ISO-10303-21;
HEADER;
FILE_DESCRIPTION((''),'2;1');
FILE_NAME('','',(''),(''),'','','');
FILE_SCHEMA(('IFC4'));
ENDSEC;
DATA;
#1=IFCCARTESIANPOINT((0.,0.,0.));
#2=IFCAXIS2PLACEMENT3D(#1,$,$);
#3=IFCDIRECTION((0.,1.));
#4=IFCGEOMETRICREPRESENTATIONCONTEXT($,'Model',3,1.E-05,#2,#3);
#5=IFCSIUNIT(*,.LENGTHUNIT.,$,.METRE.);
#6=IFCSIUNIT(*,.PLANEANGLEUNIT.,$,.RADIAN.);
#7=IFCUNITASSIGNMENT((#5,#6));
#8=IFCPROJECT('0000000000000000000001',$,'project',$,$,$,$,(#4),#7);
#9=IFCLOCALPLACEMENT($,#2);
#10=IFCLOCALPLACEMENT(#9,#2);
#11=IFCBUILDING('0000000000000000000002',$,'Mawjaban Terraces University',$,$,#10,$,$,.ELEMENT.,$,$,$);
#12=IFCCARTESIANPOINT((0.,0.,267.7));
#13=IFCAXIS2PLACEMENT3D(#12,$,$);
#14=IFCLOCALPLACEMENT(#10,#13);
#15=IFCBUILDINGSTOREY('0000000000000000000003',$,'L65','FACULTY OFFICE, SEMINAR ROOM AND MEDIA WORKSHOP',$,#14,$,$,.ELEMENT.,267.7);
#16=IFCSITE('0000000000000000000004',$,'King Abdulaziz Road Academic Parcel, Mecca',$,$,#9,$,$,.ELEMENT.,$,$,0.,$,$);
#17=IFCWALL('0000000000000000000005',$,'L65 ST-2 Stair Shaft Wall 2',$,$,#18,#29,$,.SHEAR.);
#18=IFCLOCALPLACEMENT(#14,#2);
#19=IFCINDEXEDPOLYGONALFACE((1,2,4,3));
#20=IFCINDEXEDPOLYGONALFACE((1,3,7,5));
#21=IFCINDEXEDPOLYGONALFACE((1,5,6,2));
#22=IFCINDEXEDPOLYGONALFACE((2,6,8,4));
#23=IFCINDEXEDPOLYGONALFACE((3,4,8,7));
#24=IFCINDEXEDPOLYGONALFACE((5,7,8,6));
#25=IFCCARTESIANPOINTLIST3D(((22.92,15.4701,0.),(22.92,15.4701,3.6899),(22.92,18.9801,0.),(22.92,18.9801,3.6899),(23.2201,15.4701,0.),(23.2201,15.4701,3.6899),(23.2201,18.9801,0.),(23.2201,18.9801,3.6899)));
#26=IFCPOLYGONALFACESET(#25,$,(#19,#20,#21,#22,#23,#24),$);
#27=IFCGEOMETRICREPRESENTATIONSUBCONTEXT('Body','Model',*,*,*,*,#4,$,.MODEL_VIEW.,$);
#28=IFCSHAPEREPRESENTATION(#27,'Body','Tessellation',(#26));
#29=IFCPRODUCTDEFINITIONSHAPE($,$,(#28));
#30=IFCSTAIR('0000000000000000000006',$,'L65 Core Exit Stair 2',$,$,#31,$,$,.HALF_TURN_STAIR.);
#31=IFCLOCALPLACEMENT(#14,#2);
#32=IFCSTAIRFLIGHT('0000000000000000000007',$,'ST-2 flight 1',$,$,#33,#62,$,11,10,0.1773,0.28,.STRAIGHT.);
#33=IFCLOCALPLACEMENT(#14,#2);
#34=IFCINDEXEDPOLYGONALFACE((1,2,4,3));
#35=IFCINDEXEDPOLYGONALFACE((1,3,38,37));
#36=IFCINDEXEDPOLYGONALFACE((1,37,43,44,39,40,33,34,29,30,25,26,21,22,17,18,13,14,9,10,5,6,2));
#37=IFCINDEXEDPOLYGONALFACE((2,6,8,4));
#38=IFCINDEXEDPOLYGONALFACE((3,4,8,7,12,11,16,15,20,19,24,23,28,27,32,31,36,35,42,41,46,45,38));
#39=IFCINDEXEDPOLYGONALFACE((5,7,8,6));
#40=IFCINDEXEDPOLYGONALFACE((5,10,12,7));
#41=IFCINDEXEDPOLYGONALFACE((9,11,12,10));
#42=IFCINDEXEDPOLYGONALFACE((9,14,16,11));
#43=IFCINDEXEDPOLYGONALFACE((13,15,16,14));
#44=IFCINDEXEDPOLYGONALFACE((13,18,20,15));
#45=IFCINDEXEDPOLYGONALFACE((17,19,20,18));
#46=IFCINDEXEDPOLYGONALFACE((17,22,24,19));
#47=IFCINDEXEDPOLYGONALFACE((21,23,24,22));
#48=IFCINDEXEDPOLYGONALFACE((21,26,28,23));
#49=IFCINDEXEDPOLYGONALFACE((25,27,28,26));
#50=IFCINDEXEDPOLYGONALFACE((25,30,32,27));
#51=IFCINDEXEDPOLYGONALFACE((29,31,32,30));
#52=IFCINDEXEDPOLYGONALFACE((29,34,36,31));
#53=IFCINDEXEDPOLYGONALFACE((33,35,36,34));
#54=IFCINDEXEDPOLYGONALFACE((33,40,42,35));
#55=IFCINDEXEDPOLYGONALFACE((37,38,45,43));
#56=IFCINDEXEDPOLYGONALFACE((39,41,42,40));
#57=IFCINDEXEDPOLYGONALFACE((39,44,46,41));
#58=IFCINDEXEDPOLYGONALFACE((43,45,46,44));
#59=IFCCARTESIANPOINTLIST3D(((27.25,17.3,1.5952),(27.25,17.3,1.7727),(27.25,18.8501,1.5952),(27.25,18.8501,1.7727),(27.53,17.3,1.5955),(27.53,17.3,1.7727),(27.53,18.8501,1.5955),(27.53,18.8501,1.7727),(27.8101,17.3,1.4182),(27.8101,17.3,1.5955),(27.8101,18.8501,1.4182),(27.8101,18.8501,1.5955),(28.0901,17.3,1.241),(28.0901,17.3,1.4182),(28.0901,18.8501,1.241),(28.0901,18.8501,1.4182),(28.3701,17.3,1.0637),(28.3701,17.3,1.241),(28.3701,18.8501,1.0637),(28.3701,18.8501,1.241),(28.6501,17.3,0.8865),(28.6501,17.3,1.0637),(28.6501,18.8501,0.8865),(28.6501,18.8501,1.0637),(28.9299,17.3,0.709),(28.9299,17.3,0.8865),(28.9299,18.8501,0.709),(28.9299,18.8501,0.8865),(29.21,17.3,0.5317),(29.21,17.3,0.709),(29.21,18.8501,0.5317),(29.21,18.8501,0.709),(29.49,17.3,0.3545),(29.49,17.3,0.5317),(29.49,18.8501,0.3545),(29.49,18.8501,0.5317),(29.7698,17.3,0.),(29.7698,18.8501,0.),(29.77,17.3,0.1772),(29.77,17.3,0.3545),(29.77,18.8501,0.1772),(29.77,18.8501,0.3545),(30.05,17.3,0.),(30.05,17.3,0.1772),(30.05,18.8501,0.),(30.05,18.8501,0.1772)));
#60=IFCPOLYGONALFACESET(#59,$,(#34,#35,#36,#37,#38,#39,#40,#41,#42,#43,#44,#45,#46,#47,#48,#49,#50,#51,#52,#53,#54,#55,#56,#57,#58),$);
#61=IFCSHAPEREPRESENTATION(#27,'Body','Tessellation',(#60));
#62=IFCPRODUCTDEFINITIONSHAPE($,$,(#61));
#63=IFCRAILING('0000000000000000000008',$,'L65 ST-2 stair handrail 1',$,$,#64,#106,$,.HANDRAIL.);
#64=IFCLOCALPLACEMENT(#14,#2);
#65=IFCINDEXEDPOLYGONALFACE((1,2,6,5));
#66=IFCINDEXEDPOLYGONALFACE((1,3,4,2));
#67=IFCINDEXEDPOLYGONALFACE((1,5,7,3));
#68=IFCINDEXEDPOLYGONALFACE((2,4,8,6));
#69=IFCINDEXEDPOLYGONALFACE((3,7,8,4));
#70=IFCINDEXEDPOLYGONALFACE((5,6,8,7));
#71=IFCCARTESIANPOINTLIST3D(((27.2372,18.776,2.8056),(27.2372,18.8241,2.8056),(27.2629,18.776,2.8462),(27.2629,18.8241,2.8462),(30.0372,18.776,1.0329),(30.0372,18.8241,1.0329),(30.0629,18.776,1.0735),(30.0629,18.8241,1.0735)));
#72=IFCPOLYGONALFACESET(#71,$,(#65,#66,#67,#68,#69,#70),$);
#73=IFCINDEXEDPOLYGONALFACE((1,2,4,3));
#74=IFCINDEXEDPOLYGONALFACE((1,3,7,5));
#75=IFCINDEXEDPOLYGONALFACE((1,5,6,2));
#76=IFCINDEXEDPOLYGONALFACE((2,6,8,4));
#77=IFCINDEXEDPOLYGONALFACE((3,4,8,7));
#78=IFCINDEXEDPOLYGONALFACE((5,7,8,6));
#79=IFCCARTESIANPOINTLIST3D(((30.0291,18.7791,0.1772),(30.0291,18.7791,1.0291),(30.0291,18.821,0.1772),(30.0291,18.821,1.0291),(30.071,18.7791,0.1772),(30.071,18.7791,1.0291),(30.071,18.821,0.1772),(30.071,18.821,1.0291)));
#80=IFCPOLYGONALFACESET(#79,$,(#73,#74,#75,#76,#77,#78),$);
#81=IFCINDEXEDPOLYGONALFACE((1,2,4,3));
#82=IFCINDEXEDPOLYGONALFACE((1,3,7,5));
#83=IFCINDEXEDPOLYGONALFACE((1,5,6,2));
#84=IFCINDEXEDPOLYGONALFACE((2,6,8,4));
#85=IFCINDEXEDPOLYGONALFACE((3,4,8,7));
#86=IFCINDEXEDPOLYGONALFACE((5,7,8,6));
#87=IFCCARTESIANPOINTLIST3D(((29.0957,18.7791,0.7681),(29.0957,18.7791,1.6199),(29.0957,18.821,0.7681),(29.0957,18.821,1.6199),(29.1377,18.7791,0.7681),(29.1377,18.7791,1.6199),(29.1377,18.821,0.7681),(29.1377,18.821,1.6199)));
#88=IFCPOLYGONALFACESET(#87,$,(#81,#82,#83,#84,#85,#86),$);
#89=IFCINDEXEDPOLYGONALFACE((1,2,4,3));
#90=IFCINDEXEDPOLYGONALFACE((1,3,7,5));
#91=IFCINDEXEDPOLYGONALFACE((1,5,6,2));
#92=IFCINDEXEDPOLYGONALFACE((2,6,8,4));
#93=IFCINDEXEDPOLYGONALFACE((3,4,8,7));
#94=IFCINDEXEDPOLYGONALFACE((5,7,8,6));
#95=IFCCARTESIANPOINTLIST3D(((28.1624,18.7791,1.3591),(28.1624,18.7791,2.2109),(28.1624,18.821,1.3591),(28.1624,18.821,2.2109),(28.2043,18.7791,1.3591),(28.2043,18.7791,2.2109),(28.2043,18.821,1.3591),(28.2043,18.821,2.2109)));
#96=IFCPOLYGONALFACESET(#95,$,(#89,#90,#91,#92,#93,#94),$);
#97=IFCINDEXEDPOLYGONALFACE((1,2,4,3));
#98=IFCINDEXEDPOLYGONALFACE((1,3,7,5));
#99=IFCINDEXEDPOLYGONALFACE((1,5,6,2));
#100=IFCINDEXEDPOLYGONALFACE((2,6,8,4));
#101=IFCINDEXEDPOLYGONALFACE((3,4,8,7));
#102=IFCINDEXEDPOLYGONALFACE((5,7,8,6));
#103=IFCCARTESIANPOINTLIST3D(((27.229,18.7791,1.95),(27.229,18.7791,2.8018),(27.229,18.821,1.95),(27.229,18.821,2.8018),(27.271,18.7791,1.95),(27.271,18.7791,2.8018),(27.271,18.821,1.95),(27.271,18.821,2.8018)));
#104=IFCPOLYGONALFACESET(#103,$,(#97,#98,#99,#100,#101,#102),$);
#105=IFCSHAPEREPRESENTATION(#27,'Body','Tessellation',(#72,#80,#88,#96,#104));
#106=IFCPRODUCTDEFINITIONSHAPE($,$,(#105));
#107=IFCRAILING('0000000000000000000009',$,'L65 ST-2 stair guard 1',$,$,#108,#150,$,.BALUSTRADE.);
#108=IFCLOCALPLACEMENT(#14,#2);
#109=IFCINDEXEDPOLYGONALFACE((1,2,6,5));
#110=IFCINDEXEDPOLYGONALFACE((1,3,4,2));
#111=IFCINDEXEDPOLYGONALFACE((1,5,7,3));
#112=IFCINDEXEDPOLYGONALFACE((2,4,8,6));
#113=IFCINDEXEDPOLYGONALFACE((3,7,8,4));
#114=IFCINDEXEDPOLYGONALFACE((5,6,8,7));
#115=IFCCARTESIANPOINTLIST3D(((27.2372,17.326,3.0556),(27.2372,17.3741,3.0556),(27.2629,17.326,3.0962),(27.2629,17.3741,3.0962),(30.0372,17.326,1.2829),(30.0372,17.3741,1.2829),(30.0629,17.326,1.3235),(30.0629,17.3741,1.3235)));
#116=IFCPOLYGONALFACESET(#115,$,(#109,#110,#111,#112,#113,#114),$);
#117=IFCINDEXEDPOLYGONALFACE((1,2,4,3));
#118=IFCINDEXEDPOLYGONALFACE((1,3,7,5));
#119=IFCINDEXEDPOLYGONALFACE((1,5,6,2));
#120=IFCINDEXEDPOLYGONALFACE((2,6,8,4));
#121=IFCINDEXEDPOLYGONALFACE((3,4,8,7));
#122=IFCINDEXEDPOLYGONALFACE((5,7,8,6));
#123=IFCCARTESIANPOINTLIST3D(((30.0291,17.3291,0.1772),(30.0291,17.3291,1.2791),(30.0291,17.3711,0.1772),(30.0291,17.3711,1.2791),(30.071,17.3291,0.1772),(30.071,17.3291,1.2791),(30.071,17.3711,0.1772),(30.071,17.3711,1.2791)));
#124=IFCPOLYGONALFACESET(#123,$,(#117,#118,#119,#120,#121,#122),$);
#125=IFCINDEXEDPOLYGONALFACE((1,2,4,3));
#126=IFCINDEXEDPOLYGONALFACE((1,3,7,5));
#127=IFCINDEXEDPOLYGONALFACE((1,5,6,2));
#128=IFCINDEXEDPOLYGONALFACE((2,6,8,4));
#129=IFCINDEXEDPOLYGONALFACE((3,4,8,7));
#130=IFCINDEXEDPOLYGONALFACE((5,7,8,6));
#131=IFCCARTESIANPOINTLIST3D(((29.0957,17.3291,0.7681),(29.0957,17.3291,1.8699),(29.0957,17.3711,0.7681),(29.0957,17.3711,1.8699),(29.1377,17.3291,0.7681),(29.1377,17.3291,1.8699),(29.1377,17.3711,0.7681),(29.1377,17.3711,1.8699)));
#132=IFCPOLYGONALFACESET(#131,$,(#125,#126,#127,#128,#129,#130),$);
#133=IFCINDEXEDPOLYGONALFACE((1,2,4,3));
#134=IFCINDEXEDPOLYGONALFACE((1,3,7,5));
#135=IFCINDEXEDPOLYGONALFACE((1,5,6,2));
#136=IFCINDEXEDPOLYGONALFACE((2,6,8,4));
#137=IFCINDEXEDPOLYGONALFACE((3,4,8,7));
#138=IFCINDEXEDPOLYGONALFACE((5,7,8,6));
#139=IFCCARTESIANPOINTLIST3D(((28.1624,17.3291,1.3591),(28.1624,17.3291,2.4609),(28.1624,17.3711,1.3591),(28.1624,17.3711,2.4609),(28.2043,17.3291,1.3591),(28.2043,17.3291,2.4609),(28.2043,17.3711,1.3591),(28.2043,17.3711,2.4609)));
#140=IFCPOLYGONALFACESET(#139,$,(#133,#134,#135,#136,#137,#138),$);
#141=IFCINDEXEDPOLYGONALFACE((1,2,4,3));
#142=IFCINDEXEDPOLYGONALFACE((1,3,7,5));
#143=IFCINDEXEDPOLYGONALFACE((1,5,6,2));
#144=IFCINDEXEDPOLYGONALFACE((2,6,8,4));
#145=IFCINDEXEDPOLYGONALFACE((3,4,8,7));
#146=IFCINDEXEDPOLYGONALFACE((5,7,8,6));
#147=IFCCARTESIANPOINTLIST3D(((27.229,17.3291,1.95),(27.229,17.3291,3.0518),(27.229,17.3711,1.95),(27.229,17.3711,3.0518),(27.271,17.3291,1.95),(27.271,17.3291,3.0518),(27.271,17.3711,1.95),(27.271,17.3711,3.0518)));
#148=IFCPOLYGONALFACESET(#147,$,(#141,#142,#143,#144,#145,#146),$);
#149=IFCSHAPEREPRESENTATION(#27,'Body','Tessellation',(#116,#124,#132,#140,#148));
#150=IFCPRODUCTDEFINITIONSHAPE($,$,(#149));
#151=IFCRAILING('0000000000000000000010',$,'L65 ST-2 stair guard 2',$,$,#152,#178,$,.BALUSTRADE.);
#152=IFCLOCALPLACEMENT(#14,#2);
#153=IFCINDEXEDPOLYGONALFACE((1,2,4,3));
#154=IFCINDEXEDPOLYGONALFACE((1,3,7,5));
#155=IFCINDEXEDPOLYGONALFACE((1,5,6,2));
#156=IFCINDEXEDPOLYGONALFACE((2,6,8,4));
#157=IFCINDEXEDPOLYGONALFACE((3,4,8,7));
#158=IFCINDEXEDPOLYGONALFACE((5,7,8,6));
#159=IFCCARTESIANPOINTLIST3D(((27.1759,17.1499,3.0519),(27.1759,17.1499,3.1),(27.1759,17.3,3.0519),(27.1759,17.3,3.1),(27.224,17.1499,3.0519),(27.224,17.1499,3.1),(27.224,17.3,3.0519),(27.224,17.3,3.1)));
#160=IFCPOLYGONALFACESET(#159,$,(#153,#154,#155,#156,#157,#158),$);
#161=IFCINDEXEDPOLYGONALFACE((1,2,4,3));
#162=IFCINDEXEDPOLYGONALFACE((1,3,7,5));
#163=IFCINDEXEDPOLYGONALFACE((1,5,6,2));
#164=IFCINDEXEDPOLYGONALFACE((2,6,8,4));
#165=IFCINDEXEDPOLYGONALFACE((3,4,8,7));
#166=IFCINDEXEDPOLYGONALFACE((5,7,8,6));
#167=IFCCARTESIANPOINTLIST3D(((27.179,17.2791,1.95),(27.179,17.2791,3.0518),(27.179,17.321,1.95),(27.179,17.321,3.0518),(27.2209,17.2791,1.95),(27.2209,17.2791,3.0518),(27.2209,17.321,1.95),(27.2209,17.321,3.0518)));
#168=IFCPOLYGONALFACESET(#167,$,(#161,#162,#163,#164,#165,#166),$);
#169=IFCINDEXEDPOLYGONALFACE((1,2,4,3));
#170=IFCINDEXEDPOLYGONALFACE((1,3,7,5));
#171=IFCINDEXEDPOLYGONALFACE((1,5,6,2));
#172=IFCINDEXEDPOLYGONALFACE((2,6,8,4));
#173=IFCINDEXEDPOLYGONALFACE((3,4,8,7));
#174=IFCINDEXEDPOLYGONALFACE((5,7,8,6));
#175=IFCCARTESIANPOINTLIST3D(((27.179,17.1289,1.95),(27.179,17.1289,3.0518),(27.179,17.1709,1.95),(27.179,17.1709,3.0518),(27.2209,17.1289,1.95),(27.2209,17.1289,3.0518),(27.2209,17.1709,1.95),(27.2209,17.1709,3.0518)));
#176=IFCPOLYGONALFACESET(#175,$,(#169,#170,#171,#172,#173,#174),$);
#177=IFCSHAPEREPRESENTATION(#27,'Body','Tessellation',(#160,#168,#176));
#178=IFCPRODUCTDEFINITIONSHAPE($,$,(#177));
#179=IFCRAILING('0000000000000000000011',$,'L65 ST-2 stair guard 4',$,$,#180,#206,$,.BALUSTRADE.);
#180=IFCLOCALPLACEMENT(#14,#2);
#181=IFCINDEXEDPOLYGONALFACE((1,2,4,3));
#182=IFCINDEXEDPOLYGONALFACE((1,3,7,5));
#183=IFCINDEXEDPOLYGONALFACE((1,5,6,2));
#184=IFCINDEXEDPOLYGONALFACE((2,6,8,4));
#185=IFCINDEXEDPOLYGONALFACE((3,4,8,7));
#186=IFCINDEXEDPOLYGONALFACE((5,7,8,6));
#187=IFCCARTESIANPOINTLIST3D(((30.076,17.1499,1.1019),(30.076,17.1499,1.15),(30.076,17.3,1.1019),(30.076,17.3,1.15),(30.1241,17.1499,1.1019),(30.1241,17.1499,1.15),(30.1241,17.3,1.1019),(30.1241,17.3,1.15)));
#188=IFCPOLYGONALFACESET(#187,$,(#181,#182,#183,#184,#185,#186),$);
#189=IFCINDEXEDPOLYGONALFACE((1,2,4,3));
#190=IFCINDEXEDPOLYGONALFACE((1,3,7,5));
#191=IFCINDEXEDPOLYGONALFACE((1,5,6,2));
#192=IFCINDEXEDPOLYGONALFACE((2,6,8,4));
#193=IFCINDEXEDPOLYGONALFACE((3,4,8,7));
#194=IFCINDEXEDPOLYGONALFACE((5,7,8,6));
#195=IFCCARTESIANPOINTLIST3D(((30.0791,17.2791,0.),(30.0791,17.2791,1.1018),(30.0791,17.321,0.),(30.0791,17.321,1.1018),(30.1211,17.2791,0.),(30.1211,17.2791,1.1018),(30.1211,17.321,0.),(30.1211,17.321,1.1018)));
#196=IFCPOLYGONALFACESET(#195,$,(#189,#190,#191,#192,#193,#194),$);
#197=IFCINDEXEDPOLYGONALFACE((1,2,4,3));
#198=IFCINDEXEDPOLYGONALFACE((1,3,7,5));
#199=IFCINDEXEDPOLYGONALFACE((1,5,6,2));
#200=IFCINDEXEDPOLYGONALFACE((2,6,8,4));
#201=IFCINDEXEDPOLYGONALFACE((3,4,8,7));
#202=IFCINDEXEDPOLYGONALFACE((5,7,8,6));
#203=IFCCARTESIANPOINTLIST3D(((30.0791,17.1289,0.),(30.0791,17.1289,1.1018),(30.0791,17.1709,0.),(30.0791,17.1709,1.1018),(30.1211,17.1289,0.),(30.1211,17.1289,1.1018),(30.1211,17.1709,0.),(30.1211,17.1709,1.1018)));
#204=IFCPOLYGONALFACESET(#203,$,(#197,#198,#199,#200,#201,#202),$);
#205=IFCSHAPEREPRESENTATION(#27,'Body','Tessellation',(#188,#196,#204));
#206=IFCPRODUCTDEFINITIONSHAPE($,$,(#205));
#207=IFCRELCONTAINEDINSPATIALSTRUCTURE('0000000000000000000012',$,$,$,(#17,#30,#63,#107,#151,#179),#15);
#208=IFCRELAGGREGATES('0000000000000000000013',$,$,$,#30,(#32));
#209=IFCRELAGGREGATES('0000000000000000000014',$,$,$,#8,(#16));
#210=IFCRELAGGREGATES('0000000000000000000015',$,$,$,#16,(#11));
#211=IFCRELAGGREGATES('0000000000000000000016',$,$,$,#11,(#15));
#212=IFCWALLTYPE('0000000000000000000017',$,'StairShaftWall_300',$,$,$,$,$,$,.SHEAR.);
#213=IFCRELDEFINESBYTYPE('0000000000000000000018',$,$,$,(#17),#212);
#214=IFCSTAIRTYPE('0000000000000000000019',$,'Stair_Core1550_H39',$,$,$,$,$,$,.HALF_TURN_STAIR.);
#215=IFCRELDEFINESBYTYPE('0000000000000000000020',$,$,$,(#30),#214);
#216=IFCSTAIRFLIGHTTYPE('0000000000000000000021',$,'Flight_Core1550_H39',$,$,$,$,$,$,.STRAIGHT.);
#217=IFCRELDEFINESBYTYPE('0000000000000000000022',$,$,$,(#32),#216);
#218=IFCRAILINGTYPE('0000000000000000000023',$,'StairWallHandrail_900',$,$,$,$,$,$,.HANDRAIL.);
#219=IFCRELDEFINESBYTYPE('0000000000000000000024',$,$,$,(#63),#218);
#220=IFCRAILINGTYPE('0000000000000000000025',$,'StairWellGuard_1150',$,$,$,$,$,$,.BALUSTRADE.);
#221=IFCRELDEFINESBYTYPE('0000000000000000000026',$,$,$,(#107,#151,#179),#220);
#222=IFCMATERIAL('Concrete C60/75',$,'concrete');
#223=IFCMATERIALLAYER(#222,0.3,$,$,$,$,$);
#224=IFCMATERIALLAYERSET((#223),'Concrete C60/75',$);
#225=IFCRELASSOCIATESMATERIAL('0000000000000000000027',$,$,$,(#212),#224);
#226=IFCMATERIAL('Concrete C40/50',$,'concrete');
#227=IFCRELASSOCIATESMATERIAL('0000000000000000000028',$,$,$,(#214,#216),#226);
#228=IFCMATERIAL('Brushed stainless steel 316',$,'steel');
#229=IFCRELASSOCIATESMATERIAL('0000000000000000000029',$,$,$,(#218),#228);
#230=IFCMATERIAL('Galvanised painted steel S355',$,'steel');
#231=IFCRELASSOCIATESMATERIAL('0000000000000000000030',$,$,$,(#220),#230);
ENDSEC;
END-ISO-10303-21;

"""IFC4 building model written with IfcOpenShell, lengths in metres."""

from ifc_helpers import new_model, si_unit, direction, frame, frame_2d, origin, origin_2d, place, context, subcontext, project, spatial, polyline, rectangle, outline, extrude, material, layer, layer_set, type_object, element, aggregate, save


model = new_model("IFC4")

# Units and contexts
model_context = context("Model", 3, precision=1e-05, world=origin(), true_north=direction((0.0, 1.0)))
body_context = subcontext(model_context, "Body", "Model", "MODEL_VIEW")
ifc_project = project(units=[si_unit("LENGTHUNIT", "METRE"), si_unit("PLANEANGLEUNIT", "RADIAN")], contexts=[model_context])

# Site, building, storey
site_placement = place(None, origin())
site = spatial("IfcSite", under=ifc_project, at=site_placement, Name="King Abdulaziz Road Academic Parcel, Mecca", CompositionType="ELEMENT", RefElevation=0.0)
building_placement = place(site_placement, origin())
building = spatial("IfcBuilding", under=site, at=building_placement, Name="Mawjaban Terraces University", CompositionType="ELEMENT")
storey_placement = place(building_placement, frame((0.0, 0.0, 267.7)))
storey = spatial("IfcBuildingStorey", under=building, at=storey_placement, Name="L65", Description="FACULTY OFFICE, SEMINAR ROOM AND MEDIA WORKSHOP", CompositionType="ELEMENT", Elevation=267.7)

# Wall
ifc_material_1 = material(Name="Concrete C40/50", Category="concrete")
ifc_material_2 = material(Name="Concrete C60/75", Category="concrete")
ifc_layer_1 = layer(ifc_material_2, 0.3)
ifc_layer_set_1 = layer_set([ifc_layer_1], Name="Concrete C60/75")
wall_type_1 = type_object("IfcWallType", Name="StairShaftWall_300", PredefinedType="SHEAR", material=ifc_layer_set_1)
wall_1_placement = place(storey_placement, frame((23.0701, 18.98, 0.0), z_axis=(0.0, 0.0, 1.0), x_axis=(0.0, -1.0, 0.0)))
element("IfcWall", 1, at=wall_1_placement, inside=storey, type_object=wall_type_1, Name="L65 ST-2 Stair Shaft Wall 2", PredefinedType="SHEAR", context=body_context, shape_type="SweptSolid", body=[
    extrude(rectangle(XDim=3.51, YDim=0.3, at=frame_2d((1.7549, 0.0))), origin(), (0.0, 0.0, 1.0), 3.6899),
])

# Stair, stair flight
stair_type = type_object("IfcStairType", Name="Stair_Core1550_H39", PredefinedType="HALF_TURN_STAIR", material=ifc_material_1)
stair_placement = place(storey_placement, origin())
stair = element("IfcStair", 2, at=stair_placement, inside=storey, type_object=stair_type, Name="L65 Core Exit Stair 2", PredefinedType="HALF_TURN_STAIR")
stair_flight_type = type_object("IfcStairFlightType", Name="Flight_Core1550_H39", PredefinedType="STRAIGHT", material=ifc_material_1)
stair_flight_placement = place(storey_placement, frame((30.05, 18.075, 0.0), z_axis=(0.0, 0.0, 1.0), x_axis=(-1.0, 0.0, 0.0)))
stair_flight = element("IfcStairFlight", 3, at=stair_flight_placement, type_object=stair_flight_type, Name="ST-2 flight 1", NumberOfRisers=11, NumberOfTreads=10, PredefinedType="STRAIGHT", RiserHeight=0.1773, TreadLength=0.28, context=body_context, shape_type="SweptSolid", body=[
    extrude(outline(polyline([(0.0, 0.0), (0.0, 0.1772), (0.28, 0.1772), (0.28, 0.3545), (0.5601, 0.3545), (0.5601, 0.5317), (0.8401, 0.5317), (0.8401, 0.709), (1.1201, 0.709), (1.1201, 0.8865), (1.3999, 0.8865), (1.3999, 1.0637), (1.6799, 1.0637), (1.6799, 1.241), (1.96, 1.241), (1.96, 1.4182), (2.24, 1.4182), (2.24, 1.5955), (2.52, 1.5955), (2.52, 1.7727), (2.8, 1.7727), (2.8, 1.95), (2.8, 1.5952), (0.2803, 0.0), (0.0, 0.0)])), frame((0.0, 0.7749, 0.0), z_axis=(0.0, -1.0, 0.0), x_axis=(1.0, 0.0, 0.0)), (0.0, 0.0, 1.0), 1.55),
])
aggregate(stair, [stair_flight])

# Railings
ifc_material_3 = material(Name="Brushed stainless steel 316", Category="steel")
railing_type_1 = type_object("IfcRailingType", Name="StairWallHandrail_900", PredefinedType="HANDRAIL", material=ifc_material_3)
railing_1_placement = place(storey_placement, frame((30.05, 18.8, 0.1772)))
element("IfcRailing", 4, at=railing_1_placement, inside=storey, type_object=railing_type_1, Name="L65 ST-2 stair handrail 1", PredefinedType="HANDRAIL", context=body_context, shape_type="SweptSolid", body=[
    extrude(rectangle(XDim=0.0481, YDim=0.0481, at=origin_2d()), frame((0.0, 0.0, 0.876), z_axis=(-0.844909, 0.0, 0.53491), x_axis=(0.0, -1.0, 0.0)), (0.0, 0.0, 1.0), 3.314),
    extrude(rectangle(XDim=0.042, YDim=0.042, at=origin_2d()), origin(), (0.0, 0.0, 1.0), 0.8518),
    extrude(rectangle(XDim=0.042, YDim=0.042, at=origin_2d()), frame((-0.9333, 0.0, 0.5908)), (0.0, 0.0, 1.0), 0.8518),
    extrude(rectangle(XDim=0.042, YDim=0.042, at=origin_2d()), frame((-1.8667, 0.0, 1.1819)), (0.0, 0.0, 1.0), 0.8518),
    extrude(rectangle(XDim=0.042, YDim=0.042, at=origin_2d()), frame((-2.8, 0.0, 1.7727)), (0.0, 0.0, 1.0), 0.8518),
])
ifc_material_4 = material(Name="Galvanised painted steel S355", Category="steel")
railing_type_2 = type_object("IfcRailingType", Name="StairWellGuard_1150", PredefinedType="BALUSTRADE", material=ifc_material_4)
railing_2_placement = place(storey_placement, frame((30.05, 17.3501, 0.1772)))
element("IfcRailing", 5, at=railing_2_placement, inside=storey, type_object=railing_type_2, Name="L65 ST-2 stair guard 1", PredefinedType="BALUSTRADE", context=body_context, shape_type="SweptSolid", body=[
    extrude(rectangle(XDim=0.0481, YDim=0.0481, at=origin_2d()), frame((0.0, 0.0, 1.126), z_axis=(-0.844909, 0.0, 0.53491), x_axis=(0.0, -1.0, 0.0)), (0.0, 0.0, 1.0), 3.314),
    extrude(rectangle(XDim=0.042, YDim=0.042, at=origin_2d()), origin(), (0.0, 0.0, 1.0), 1.1018),
    extrude(rectangle(XDim=0.042, YDim=0.042, at=origin_2d()), frame((-0.9333, 0.0, 0.5908)), (0.0, 0.0, 1.0), 1.1018),
    extrude(rectangle(XDim=0.042, YDim=0.042, at=origin_2d()), frame((-1.8667, 0.0, 1.1819)), (0.0, 0.0, 1.0), 1.1018),
    extrude(rectangle(XDim=0.042, YDim=0.042, at=origin_2d()), frame((-2.8, 0.0, 1.7727)), (0.0, 0.0, 1.0), 1.1018),
])
for number, where, name in (
    (6, (27.2, 17.3, 1.95), "L65 ST-2 stair guard 2"),
    (7, (30.1001, 17.3, 0.0), "L65 ST-2 stair guard 4"),
):
    element("IfcRailing", number, at=place(storey_placement, frame(where)), inside=storey, type_object=railing_type_2, Name=name, PredefinedType="BALUSTRADE", context=body_context, shape_type="SweptSolid", body=[
        extrude(rectangle(XDim=0.0481, YDim=0.0481, at=origin_2d()), frame((0.0, 0.0, 1.126), z_axis=(0.0, -1.0, 0.0), x_axis=(1.0, 0.0, 0.0)), (0.0, 0.0, 1.0), 0.1501),
        extrude(rectangle(XDim=0.042, YDim=0.042, at=origin_2d()), origin(), (0.0, 0.0, 1.0), 1.1018),
        extrude(rectangle(XDim=0.042, YDim=0.042, at=origin_2d()), frame((0.0, -0.1501, 0.0)), (0.0, 0.0, 1.0), 1.1018),
    ])

save(model, "model.ifc")
